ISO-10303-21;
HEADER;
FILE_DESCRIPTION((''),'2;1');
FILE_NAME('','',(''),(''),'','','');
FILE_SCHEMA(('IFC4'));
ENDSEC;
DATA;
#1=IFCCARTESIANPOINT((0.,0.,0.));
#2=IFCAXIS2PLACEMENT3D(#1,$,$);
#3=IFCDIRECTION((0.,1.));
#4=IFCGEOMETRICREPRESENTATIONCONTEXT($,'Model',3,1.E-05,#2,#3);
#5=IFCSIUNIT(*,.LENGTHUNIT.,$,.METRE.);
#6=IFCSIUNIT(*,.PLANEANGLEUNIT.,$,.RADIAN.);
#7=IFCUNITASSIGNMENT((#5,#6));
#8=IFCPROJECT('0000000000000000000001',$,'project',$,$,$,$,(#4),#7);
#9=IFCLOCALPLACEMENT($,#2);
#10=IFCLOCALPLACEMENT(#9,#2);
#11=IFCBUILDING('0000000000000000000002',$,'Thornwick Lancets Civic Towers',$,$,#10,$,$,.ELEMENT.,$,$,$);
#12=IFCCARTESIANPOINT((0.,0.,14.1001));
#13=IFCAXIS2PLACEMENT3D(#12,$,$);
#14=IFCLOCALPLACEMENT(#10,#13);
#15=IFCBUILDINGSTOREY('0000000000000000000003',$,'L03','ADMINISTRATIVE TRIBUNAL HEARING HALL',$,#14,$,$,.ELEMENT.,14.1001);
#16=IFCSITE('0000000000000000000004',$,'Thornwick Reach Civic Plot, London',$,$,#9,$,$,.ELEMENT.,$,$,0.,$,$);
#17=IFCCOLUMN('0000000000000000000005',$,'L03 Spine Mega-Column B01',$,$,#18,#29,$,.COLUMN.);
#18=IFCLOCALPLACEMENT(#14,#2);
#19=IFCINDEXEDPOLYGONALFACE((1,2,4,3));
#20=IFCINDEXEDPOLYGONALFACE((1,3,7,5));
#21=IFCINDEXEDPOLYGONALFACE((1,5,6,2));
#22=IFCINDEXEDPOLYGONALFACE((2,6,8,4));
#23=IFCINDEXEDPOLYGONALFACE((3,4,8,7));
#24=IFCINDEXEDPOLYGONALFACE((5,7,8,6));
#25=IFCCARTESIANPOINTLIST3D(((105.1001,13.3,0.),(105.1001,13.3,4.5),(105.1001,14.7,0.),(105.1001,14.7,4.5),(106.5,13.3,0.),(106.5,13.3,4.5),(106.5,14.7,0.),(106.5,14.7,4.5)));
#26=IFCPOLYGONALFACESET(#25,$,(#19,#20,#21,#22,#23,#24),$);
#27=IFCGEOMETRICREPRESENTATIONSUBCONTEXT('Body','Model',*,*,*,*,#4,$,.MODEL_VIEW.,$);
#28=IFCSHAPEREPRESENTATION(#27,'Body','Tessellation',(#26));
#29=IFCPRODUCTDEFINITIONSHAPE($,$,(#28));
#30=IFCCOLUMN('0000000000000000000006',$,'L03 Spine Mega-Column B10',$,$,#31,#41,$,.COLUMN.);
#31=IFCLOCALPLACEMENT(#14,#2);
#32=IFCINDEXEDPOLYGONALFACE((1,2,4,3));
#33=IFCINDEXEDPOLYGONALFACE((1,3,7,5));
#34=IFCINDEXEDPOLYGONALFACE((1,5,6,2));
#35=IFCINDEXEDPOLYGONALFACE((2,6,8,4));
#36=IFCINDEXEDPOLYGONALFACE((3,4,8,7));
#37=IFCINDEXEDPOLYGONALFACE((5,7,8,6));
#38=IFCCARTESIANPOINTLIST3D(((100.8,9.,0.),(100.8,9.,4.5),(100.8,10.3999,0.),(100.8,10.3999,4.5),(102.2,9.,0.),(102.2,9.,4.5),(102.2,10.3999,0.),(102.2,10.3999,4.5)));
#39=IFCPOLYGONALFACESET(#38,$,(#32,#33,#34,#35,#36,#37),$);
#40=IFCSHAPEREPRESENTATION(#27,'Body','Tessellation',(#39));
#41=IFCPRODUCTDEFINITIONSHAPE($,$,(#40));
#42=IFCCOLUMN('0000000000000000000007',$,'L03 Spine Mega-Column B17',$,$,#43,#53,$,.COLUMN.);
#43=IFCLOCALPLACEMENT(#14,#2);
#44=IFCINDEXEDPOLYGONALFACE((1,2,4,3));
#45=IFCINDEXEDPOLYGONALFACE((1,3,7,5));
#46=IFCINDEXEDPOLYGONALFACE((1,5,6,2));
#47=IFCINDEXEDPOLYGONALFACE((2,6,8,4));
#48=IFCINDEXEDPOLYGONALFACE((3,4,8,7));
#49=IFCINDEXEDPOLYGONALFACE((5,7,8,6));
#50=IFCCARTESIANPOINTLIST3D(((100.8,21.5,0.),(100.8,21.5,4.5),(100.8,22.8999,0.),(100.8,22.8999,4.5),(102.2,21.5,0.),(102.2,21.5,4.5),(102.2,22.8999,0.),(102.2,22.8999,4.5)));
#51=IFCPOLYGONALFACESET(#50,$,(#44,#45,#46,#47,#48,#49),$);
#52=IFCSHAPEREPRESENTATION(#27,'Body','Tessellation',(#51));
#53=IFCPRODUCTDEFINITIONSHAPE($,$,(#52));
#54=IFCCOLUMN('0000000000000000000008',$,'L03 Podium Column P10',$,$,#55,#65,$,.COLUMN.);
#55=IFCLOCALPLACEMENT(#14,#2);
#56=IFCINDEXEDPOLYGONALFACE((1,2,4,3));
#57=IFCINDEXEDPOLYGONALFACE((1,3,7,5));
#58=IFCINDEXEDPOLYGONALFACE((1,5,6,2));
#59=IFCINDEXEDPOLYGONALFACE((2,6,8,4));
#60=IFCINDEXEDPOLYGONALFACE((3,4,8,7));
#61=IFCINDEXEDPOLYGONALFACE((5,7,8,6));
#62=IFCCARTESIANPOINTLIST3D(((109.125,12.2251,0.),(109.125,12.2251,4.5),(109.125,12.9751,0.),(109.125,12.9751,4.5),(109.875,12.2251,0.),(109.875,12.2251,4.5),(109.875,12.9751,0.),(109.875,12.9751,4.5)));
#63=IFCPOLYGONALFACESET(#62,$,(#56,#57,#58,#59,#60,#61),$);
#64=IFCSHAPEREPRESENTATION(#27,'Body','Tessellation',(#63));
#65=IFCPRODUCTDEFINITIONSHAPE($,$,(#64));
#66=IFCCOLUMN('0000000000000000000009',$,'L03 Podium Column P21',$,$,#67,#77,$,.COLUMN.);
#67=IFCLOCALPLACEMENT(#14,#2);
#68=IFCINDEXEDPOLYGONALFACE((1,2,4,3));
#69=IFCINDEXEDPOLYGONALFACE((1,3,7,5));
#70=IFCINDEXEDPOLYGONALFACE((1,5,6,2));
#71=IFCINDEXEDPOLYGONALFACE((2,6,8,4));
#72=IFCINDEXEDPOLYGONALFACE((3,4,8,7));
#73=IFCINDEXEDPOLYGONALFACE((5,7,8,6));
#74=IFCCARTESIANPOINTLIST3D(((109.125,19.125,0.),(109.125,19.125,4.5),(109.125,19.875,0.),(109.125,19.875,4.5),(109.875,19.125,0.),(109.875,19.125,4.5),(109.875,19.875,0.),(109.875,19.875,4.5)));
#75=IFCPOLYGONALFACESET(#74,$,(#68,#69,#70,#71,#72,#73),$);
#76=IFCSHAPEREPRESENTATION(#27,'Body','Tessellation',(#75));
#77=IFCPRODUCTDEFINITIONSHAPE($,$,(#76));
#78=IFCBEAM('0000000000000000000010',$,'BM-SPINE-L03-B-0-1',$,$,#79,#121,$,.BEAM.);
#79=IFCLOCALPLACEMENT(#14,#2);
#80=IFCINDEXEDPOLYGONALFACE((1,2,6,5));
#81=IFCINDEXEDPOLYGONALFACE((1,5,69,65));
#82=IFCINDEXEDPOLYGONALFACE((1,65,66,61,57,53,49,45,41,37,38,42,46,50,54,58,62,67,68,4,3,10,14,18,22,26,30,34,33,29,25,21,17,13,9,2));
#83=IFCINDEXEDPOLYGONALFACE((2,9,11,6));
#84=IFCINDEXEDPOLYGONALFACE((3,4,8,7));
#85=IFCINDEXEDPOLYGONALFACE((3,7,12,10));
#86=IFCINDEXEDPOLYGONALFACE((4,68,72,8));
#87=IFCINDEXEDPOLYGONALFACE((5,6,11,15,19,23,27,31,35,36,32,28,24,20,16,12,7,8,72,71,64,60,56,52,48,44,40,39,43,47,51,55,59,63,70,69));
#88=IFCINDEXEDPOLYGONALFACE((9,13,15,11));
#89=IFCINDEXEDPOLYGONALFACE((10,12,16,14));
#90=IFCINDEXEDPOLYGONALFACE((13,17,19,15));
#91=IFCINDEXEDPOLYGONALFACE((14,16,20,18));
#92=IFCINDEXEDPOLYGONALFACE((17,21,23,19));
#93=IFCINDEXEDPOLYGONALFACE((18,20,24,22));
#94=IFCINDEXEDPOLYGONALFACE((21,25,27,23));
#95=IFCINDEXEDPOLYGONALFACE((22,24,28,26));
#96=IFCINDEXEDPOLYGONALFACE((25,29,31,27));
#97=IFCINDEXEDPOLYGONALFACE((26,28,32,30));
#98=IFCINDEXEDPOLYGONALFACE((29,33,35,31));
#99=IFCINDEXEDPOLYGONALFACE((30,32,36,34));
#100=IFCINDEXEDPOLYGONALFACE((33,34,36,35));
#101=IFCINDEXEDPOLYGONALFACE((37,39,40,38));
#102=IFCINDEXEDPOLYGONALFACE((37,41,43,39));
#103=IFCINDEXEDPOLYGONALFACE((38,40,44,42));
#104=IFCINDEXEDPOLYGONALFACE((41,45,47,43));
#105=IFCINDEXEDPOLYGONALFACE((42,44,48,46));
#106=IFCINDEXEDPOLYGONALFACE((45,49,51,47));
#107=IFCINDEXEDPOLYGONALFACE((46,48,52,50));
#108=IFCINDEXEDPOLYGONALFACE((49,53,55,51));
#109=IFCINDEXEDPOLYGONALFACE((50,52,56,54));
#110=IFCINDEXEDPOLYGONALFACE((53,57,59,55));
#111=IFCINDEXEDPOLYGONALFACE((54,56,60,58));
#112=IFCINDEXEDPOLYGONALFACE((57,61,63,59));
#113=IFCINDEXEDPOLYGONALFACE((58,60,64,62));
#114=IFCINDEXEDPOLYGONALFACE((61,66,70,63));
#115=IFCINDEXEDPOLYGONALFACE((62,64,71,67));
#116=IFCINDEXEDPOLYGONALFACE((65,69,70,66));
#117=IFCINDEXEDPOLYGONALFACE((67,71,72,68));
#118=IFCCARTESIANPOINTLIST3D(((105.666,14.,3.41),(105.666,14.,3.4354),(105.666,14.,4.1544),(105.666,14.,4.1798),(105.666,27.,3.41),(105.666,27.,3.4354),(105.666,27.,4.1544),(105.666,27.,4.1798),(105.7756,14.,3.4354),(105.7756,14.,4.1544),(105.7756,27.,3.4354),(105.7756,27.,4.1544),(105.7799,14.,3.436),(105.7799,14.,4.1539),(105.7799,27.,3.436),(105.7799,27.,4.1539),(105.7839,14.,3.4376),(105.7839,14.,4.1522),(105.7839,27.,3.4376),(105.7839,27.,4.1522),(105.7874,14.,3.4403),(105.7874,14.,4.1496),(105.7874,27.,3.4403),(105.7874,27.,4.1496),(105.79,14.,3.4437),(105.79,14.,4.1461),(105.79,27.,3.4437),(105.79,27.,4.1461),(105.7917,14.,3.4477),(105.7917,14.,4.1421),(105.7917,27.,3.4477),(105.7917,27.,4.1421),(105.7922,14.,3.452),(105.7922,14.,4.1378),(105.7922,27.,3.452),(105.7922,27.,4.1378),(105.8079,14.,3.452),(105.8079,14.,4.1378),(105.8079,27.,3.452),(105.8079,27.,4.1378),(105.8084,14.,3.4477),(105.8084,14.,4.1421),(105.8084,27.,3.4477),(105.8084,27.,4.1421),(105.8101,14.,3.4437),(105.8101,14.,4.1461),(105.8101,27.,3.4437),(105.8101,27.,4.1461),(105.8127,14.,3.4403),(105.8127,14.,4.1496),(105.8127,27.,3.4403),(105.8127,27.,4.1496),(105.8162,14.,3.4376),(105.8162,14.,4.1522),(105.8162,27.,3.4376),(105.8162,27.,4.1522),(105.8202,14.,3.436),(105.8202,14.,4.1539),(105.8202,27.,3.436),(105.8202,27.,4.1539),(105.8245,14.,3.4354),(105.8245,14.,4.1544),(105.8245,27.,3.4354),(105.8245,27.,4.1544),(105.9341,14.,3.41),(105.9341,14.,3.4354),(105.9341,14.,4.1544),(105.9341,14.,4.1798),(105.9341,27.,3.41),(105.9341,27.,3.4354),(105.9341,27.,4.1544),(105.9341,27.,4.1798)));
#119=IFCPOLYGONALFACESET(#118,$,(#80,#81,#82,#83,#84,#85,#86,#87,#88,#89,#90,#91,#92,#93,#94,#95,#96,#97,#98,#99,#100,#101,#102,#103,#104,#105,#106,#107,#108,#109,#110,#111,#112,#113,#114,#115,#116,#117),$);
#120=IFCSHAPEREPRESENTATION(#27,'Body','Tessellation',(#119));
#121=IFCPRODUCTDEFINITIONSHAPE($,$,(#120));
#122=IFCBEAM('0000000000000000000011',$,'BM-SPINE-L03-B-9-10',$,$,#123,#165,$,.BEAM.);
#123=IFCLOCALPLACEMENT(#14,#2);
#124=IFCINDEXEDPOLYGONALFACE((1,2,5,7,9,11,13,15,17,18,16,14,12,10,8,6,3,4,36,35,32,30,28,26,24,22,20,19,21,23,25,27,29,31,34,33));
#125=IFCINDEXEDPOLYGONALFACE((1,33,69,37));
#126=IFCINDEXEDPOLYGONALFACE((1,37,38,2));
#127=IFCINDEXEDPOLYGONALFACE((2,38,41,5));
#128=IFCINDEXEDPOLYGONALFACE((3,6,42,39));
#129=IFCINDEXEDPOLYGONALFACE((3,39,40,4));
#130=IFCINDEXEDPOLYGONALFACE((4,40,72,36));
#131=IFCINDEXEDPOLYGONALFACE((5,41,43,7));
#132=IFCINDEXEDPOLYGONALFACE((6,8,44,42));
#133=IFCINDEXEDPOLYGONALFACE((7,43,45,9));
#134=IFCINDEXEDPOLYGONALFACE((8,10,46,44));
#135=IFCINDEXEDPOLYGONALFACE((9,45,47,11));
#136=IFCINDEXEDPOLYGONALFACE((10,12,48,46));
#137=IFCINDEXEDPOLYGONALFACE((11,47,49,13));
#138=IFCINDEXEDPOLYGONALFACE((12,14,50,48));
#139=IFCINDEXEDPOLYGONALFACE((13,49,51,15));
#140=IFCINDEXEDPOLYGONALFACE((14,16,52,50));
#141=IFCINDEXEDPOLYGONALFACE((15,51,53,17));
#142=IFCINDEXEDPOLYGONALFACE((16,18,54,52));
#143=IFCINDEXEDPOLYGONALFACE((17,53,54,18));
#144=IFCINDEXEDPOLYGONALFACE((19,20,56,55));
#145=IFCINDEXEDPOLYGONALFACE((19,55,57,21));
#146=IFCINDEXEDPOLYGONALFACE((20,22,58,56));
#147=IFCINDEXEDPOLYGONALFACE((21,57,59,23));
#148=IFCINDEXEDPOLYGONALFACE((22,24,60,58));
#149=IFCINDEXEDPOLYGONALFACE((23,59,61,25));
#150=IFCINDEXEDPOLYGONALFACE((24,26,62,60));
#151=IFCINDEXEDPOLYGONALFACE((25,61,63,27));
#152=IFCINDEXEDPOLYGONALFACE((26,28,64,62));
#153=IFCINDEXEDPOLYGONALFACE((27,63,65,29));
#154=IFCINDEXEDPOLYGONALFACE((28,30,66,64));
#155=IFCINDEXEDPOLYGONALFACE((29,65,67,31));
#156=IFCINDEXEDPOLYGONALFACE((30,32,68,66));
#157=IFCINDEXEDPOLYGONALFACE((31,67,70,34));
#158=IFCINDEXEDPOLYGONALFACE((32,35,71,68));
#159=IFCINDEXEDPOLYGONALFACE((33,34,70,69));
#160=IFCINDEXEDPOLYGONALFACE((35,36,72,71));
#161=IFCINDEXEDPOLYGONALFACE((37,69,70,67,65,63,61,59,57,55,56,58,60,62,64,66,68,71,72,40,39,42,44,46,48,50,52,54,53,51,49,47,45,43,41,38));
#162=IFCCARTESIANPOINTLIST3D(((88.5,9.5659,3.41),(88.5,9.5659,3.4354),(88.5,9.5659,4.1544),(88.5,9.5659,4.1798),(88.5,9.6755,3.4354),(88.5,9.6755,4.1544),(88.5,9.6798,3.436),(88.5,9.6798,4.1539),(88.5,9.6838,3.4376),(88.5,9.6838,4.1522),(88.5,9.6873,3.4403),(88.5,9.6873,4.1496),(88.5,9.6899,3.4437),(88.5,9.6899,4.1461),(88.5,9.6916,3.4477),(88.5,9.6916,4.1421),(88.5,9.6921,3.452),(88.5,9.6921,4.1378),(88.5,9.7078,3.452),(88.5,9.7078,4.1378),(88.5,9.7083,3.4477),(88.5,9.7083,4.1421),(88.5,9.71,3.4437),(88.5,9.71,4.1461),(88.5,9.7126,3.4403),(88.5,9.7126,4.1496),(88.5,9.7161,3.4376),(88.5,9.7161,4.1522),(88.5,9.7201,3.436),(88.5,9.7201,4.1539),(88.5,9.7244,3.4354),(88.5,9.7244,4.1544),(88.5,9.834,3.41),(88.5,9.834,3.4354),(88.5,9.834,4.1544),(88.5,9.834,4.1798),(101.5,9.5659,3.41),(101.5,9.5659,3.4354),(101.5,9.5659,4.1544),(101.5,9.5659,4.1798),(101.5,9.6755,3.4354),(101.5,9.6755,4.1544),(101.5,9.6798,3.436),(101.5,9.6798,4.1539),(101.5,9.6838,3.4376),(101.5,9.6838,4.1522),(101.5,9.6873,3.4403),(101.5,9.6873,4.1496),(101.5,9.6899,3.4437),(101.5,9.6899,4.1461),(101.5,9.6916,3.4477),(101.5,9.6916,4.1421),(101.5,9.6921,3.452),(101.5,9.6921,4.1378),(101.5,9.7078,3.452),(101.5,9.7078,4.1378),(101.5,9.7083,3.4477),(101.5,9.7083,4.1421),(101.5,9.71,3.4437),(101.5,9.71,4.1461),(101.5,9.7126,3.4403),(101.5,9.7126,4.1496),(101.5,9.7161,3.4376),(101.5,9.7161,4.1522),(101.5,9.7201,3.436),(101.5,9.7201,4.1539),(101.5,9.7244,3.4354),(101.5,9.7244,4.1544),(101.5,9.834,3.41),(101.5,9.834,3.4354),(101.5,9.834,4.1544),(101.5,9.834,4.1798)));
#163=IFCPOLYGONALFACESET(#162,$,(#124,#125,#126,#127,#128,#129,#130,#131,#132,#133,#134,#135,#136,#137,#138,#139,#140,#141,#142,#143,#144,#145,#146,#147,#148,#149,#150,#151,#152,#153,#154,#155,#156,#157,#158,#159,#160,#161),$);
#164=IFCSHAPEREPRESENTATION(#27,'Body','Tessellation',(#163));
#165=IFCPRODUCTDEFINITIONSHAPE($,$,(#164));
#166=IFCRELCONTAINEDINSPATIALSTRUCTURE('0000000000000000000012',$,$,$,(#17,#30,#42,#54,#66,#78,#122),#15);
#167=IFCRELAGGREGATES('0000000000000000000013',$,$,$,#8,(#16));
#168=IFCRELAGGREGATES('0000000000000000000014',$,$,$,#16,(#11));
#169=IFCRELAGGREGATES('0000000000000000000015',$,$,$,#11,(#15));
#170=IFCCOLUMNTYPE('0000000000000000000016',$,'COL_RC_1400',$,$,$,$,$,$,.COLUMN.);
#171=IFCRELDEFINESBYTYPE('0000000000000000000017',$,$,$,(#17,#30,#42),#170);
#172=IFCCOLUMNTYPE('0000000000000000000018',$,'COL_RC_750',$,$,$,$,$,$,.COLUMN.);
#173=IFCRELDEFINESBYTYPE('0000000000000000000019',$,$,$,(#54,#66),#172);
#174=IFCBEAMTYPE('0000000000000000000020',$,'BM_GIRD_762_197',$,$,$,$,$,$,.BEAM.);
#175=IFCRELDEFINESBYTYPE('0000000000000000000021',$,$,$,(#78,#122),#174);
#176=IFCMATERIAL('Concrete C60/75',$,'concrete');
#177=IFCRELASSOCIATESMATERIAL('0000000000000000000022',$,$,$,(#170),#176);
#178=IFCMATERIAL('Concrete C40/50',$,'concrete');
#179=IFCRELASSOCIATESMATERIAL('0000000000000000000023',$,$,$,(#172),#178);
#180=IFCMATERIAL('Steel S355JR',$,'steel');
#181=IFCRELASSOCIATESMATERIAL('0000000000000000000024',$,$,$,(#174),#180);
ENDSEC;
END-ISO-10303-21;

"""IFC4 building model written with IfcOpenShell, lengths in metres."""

from ifc_helpers import new_model, si_unit, direction, frame, origin, origin_2d, place, context, subcontext, project, spatial, rectangle, i_section, extrude, material, material_profile, profile_set, type_object, element, save


model = new_model("IFC4")

# Units and contexts
model_context = context("Model", 3, precision=1e-05, world=origin(), true_north=direction((0.0, 1.0)))
body_context = subcontext(model_context, "Body", "Model", "MODEL_VIEW")
ifc_project = project(units=[si_unit("LENGTHUNIT", "METRE"), si_unit("PLANEANGLEUNIT", "RADIAN")], contexts=[model_context])

# Site, building, storey
site_placement = place(None, origin())
site = spatial("IfcSite", under=ifc_project, at=site_placement, Name="Thornwick Reach Civic Plot, London", CompositionType="ELEMENT", RefElevation=0.0)
building_placement = place(site_placement, origin())
building = spatial("IfcBuilding", under=site, at=building_placement, Name="Thornwick Lancets Civic Towers", CompositionType="ELEMENT")
storey_placement = place(building_placement, frame((0.0, 0.0, 14.1001)))
storey = spatial("IfcBuildingStorey", under=building, at=storey_placement, Name="L03", Description="ADMINISTRATIVE TRIBUNAL HEARING HALL", CompositionType="ELEMENT", Elevation=14.1001)

# Columns
ifc_material_1 = material(Name="Concrete C60/75", Category="concrete")
ifc_material_profile_1 = material_profile(ifc_material_1, rectangle(XDim=1.3999, YDim=1.3999, at=origin_2d()), Name="RC 1400x1400")
ifc_profile_set_1 = profile_set([ifc_material_profile_1], Name="Concrete C60/75")
column_type_1 = type_object("IfcColumnType", Name="COL_RC_1400", PredefinedType="COLUMN", material=ifc_profile_set_1)
for number, where, z_axis, x_axis, name in (
    (1, (105.8, 14.0, 0.0), (0.0, 0.0, 1.0), (1.0, 0.0, 0.0), "L03 Spine Mega-Column B01"),
    (2, (101.5, 9.7, 0.0), (0.0, 0.0, 1.0), (1.0, 0.0, 0.0), "L03 Spine Mega-Column B10"),
    (3, (101.5, 22.2, 0.0), (0.0, 0.0, 1.0), (1.0, 0.0, 0.0), "L03 Spine Mega-Column B17"),
):
    element("IfcColumn", number, at=place(storey_placement, frame(where, z_axis=z_axis, x_axis=x_axis)), inside=storey, type_object=column_type_1, Name=name, PredefinedType="COLUMN", context=body_context, shape_type="SweptSolid", body=[
        extrude(rectangle(XDim=1.3999, YDim=1.3999, at=origin_2d()), origin(), (0.0, 0.0, 1.0), 4.5),
    ])
ifc_material_2 = material(Name="Concrete C40/50", Category="concrete")
ifc_material_profile_2 = material_profile(ifc_material_2, rectangle(XDim=0.75, YDim=0.75, at=origin_2d()), Name="RC 750x750")
ifc_profile_set_2 = profile_set([ifc_material_profile_2], Name="Concrete C40/50")
column_type_2 = type_object("IfcColumnType", Name="COL_RC_750", PredefinedType="COLUMN", material=ifc_profile_set_2)
for number, where, z_axis, x_axis, name in (
    (4, (109.5, 12.6001, 0.0), (0.0, 0.0, 1.0), (1.0, 0.0, 0.0), "L03 Podium Column P10"),
    (5, (109.5, 19.5, 0.0), (0.0, 0.0, 1.0), (1.0, 0.0, 0.0), "L03 Podium Column P21"),
):
    element("IfcColumn", number, at=place(storey_placement, frame(where, z_axis=z_axis, x_axis=x_axis)), inside=storey, type_object=column_type_2, Name=name, PredefinedType="COLUMN", context=body_context, shape_type="SweptSolid", body=[
        extrude(rectangle(XDim=0.75, YDim=0.75, at=origin_2d()), origin(), (0.0, 0.0, 1.0), 4.5),
    ])

# Beams
ifc_material_3 = material(Name="Steel S355JR", Category="steel")
ifc_material_profile_3 = material_profile(ifc_material_3, i_section(OverallWidth=0.2681, OverallDepth=0.7698, WebThickness=0.0156, FlangeThickness=0.0254, FilletRadius=0.0166, at=origin_2d()), Name="UKB 762x267x197")
ifc_profile_set_3 = profile_set([ifc_material_profile_3], Name="Steel S355JR")
beam_type_1 = type_object("IfcBeamType", Name="BM_GIRD_762_197", PredefinedType="BEAM", material=ifc_profile_set_3)
for number, where, z_axis, x_axis, name in (
    (6, (105.8, 14.0, 3.7949), (0.0, 1.0, 0.0), (-1.0, 0.0, 0.0), "BM-SPINE-L03-B-0-1"),
    (7, (101.5, 9.7, 3.7949), (-1.0, 0.0, 0.0), (0.0, -1.0, 0.0), "BM-SPINE-L03-B-9-10"),
):
    element("IfcBeam", number, at=place(storey_placement, frame(where, z_axis=z_axis, x_axis=x_axis)), inside=storey, type_object=beam_type_1, Name=name, PredefinedType="BEAM", context=body_context, shape_type="SweptSolid", body=[
        extrude(i_section(OverallWidth=0.2681, OverallDepth=0.7698, WebThickness=0.0156, FlangeThickness=0.0254, FilletRadius=0.0166, at=origin_2d()), origin(), (0.0, 0.0, 1.0), 13.0),
    ])

save(model, "model.ifc")
